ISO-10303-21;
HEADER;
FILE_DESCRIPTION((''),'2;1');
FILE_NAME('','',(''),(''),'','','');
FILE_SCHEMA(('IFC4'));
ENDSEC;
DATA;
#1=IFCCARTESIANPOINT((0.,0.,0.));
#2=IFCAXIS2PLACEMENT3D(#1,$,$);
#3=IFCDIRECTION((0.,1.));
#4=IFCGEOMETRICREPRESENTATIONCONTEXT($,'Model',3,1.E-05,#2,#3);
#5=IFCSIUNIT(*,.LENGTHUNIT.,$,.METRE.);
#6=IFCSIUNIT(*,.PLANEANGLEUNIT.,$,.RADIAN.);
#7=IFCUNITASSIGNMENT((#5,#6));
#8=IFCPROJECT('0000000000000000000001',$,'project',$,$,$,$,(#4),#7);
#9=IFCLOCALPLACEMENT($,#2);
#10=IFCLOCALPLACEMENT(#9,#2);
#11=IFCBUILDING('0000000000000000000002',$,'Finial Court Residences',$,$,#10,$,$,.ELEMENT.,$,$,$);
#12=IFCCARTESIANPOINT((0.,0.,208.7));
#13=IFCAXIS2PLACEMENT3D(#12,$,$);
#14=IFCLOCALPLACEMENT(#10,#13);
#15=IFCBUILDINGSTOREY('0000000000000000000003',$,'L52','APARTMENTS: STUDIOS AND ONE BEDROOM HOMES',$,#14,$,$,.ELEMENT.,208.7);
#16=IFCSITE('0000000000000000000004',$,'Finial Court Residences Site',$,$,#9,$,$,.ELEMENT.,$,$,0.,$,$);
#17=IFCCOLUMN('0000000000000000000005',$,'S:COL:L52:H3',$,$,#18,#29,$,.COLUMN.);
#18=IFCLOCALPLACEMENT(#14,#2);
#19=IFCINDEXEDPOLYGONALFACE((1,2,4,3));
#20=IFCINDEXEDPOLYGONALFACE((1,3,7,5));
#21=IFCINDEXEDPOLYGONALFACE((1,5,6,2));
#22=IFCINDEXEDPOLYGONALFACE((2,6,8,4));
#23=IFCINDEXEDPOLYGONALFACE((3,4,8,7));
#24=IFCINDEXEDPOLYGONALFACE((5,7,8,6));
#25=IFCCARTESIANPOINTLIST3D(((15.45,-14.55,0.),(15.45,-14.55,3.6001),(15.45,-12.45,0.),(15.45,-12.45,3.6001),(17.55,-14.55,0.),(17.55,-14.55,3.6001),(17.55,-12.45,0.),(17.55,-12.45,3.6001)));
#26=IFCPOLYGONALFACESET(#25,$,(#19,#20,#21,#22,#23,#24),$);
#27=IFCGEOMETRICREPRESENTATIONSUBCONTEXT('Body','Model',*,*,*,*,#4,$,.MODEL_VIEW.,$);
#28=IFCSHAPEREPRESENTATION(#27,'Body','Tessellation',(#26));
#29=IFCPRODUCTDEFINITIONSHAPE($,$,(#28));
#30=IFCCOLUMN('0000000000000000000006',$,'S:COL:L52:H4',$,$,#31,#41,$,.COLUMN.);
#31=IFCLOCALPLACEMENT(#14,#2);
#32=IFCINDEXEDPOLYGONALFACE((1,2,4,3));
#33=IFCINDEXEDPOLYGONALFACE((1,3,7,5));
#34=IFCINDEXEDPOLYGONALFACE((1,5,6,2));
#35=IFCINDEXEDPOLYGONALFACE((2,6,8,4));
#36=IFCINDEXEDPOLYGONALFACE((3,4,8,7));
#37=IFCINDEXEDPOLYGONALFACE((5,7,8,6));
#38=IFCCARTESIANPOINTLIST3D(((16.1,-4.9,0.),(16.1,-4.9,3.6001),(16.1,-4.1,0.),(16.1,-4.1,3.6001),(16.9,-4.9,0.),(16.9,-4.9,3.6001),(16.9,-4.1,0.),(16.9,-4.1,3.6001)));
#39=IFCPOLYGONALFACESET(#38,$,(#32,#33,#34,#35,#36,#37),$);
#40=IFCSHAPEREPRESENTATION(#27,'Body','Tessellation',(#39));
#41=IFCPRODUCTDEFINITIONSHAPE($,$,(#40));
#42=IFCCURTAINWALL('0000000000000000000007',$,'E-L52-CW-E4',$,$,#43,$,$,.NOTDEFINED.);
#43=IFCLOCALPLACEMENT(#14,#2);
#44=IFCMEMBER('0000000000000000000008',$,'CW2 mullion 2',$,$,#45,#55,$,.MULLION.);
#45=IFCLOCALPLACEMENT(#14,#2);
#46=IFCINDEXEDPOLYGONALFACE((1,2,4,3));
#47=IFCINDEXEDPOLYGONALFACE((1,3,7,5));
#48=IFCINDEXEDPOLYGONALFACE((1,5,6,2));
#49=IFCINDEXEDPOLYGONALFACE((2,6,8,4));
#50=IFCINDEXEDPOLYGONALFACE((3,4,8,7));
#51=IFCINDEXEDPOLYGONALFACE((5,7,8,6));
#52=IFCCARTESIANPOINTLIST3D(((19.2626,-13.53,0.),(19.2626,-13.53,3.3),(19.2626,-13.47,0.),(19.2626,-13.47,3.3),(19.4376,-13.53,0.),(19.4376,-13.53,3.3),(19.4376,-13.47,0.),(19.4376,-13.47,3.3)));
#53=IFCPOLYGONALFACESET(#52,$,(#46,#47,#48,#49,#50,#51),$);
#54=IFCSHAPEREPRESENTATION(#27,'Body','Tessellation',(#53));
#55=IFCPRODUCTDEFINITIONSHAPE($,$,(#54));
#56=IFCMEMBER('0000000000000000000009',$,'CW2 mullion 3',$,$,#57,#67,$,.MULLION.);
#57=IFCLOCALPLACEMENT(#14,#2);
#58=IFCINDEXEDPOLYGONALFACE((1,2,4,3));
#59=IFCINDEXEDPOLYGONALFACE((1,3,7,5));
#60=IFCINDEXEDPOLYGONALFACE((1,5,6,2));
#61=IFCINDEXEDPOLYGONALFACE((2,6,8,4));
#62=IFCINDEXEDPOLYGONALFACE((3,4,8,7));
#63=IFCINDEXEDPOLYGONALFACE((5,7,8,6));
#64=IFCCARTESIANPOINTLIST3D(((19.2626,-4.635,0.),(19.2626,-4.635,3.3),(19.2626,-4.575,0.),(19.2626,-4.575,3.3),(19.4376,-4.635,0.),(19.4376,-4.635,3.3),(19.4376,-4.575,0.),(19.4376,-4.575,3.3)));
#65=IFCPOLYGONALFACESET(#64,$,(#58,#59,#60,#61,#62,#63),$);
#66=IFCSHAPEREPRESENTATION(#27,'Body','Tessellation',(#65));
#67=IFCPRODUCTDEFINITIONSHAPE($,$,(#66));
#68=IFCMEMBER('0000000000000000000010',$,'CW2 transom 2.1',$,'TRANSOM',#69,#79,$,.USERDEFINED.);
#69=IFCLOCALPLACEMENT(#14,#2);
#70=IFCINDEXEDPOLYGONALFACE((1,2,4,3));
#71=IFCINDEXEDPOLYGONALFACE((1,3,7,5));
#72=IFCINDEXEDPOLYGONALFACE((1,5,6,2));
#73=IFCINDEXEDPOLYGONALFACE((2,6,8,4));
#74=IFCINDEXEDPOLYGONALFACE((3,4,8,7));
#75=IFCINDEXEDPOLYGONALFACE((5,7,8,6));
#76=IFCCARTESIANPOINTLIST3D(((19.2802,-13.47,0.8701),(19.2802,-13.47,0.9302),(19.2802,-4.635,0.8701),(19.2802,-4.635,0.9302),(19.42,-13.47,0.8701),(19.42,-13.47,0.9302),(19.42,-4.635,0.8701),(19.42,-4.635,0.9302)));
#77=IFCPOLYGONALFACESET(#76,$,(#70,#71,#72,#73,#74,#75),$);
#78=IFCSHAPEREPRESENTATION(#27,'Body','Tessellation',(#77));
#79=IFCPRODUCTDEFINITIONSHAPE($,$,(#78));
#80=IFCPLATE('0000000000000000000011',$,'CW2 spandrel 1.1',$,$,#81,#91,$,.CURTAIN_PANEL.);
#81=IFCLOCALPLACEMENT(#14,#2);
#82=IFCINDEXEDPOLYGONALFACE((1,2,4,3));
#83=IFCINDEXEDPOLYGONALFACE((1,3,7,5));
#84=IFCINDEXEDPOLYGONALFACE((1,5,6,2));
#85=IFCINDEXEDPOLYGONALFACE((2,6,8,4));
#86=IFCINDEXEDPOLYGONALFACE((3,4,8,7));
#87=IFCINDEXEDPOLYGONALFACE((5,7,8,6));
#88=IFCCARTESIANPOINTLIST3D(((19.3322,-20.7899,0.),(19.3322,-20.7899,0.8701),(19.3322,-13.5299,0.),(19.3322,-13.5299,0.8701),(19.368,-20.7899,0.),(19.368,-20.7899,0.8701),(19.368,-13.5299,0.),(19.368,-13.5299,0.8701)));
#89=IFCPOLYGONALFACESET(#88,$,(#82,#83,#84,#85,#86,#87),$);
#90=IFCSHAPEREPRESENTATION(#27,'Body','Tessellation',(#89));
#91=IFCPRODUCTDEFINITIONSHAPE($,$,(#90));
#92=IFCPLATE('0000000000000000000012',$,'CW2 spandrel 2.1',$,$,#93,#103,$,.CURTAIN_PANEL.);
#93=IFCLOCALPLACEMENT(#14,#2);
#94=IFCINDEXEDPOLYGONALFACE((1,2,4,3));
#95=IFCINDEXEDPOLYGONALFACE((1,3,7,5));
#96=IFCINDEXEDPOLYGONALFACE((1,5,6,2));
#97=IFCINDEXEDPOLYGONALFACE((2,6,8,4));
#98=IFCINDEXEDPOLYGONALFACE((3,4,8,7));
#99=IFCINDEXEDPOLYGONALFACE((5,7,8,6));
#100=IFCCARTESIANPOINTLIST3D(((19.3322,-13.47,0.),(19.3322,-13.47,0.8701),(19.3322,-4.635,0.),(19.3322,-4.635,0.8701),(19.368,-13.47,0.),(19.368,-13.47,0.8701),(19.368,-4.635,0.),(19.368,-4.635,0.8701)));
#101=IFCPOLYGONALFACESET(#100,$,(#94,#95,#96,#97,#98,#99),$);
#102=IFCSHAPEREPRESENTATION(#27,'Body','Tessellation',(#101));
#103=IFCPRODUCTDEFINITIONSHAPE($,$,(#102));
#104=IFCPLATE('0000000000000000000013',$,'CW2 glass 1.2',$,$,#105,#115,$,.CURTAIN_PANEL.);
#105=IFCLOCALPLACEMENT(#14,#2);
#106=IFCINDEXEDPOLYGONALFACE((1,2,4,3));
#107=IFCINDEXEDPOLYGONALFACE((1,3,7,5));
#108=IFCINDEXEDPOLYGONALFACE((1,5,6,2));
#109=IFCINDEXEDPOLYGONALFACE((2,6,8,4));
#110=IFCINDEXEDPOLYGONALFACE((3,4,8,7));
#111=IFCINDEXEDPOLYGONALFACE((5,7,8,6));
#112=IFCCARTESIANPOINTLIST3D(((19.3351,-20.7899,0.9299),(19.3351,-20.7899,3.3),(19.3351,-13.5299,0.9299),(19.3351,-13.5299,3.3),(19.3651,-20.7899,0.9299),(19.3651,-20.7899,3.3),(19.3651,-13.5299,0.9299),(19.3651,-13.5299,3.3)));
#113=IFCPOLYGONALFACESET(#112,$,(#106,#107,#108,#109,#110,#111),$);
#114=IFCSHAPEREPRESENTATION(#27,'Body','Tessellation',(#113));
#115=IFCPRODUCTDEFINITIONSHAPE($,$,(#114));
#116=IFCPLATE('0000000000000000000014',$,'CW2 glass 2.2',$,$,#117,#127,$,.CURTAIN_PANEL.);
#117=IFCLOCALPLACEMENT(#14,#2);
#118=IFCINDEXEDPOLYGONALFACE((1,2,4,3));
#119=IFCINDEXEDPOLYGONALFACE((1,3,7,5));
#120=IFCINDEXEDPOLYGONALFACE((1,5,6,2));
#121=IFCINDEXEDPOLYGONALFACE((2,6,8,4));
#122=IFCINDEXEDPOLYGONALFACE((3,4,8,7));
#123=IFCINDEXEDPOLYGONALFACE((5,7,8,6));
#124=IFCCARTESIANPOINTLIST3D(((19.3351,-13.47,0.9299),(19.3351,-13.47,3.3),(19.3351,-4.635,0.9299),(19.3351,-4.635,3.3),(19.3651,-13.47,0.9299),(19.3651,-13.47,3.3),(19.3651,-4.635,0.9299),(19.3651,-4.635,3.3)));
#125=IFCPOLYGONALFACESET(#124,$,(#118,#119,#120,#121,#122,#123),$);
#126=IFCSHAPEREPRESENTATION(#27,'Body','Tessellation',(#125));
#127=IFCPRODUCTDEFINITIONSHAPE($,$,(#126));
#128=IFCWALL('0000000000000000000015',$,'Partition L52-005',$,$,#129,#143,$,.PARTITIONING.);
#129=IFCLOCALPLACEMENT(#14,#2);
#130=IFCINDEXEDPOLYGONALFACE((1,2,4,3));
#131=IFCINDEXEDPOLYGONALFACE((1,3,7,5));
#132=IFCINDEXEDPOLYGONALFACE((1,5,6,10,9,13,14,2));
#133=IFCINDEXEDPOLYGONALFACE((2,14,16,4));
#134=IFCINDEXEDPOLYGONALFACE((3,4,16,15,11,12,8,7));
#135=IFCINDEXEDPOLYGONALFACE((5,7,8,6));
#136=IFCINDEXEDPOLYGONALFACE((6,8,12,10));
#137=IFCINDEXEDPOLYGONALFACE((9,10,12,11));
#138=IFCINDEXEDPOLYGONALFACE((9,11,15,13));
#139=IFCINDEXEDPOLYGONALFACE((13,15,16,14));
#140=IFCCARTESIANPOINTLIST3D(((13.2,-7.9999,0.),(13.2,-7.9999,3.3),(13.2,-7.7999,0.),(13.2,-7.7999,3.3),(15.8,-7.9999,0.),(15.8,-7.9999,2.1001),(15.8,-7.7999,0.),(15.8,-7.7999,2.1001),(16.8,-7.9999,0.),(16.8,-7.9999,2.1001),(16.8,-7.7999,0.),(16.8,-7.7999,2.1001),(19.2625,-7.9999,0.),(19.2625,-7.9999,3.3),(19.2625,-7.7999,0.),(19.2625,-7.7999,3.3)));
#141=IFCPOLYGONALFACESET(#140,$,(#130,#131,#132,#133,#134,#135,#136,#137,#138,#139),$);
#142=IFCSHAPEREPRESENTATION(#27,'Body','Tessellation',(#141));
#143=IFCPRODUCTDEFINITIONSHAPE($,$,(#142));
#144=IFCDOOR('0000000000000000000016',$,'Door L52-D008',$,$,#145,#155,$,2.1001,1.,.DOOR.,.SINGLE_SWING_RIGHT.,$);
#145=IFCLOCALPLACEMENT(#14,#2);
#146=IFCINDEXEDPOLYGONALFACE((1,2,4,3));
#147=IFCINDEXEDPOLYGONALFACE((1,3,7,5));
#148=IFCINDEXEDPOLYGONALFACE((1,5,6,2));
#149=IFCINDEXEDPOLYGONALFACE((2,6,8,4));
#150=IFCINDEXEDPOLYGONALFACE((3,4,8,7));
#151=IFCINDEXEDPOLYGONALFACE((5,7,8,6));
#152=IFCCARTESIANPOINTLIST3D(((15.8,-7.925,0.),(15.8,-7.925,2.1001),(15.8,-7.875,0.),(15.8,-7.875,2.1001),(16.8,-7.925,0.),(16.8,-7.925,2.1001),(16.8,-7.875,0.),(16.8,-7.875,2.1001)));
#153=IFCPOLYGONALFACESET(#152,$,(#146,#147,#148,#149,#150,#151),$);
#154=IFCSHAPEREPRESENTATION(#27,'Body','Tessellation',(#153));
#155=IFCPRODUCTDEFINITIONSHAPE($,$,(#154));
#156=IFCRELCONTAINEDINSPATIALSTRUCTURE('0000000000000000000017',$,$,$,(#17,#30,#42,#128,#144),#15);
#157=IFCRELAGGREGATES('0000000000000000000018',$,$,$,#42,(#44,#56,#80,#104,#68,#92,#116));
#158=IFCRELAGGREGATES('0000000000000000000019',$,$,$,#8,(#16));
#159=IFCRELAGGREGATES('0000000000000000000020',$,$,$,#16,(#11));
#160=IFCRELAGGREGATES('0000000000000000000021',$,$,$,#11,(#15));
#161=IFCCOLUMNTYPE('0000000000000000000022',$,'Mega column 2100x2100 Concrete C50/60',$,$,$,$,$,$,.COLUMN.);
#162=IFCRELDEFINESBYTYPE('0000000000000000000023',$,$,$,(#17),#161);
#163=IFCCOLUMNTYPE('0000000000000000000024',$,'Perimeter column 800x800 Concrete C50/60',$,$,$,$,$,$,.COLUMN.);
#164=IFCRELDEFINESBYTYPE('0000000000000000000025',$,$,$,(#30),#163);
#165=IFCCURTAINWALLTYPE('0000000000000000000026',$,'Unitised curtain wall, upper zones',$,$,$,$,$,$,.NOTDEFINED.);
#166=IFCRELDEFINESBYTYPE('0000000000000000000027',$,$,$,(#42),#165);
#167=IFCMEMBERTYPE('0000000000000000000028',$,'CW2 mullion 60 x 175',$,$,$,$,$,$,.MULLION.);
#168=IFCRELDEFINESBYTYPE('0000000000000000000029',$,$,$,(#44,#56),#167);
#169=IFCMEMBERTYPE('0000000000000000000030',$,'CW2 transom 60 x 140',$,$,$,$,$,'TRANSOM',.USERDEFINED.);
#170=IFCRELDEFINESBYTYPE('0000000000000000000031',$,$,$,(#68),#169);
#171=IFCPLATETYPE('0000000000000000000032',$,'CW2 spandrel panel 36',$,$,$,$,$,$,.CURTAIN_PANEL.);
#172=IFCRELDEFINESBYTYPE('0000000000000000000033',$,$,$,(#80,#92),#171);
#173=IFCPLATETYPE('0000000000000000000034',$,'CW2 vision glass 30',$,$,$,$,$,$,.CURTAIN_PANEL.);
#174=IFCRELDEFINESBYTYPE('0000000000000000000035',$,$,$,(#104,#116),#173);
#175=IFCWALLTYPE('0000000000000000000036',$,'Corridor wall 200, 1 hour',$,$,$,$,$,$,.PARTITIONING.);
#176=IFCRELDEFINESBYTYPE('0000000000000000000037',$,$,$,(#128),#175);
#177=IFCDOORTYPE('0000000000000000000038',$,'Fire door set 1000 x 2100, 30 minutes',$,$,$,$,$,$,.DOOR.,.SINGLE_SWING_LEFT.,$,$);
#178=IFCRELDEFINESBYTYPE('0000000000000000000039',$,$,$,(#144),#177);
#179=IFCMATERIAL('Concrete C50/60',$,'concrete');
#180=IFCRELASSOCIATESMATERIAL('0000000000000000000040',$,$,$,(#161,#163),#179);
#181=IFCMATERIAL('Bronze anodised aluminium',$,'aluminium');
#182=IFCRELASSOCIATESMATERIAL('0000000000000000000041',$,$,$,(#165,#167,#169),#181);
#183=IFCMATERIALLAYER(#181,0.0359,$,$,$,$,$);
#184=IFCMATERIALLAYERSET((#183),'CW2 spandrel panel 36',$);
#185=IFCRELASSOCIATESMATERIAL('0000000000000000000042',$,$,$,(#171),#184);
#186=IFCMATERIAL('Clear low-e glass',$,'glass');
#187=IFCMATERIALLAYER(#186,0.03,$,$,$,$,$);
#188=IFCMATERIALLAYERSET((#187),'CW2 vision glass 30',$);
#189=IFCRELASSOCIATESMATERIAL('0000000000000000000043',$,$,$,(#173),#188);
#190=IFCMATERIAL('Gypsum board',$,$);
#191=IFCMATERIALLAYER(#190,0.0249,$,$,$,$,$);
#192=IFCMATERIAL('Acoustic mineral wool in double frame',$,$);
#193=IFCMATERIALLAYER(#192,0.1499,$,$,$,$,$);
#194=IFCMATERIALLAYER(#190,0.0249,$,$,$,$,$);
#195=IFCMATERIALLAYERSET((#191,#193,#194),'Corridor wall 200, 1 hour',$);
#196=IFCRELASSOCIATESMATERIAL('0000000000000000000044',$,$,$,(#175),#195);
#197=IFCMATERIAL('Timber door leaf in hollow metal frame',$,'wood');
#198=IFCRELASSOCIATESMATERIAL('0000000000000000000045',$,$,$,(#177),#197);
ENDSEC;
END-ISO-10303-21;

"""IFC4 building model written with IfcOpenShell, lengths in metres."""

from ifc_helpers import new_model, si_unit, direction, frame, frame_2d, origin, origin_2d, place, context, subcontext, project, spatial, rectangle, extrude, material, layer, layer_set, material_profile, profile_set, type_object, element, fill, aggregate, save


model = new_model("IFC4")

# Units and contexts
model_context = context("Model", 3, precision=1e-05, world=origin(), true_north=direction((0.0, 1.0)))
body_context = subcontext(model_context, "Body", "Model", "MODEL_VIEW")
ifc_project = project(units=[si_unit("LENGTHUNIT", "METRE"), si_unit("PLANEANGLEUNIT", "RADIAN")], contexts=[model_context])

# Site, building, storey
site_placement = place(None, origin())
site = spatial("IfcSite", under=ifc_project, at=site_placement, Name="Finial Court Residences Site", CompositionType="ELEMENT", RefElevation=0.0)
building_placement = place(site_placement, origin())
building = spatial("IfcBuilding", under=site, at=building_placement, Name="Finial Court Residences", CompositionType="ELEMENT")
storey_placement = place(building_placement, frame((0.0, 0.0, 208.7)))
storey = spatial("IfcBuildingStorey", under=building, at=storey_placement, Name="L52", Description="APARTMENTS: STUDIOS AND ONE BEDROOM HOMES", CompositionType="ELEMENT", Elevation=208.7)

# Columns
ifc_material_1 = material(Name="Concrete C50/60", Category="concrete")
ifc_material_profile_1 = material_profile(ifc_material_1, rectangle(XDim=2.1001, YDim=2.1001, at=origin_2d()), Name="2100x2100")
ifc_profile_set_1 = profile_set([ifc_material_profile_1], Name="Concrete C50/60")
column_type_1 = type_object("IfcColumnType", Name="Mega column 2100x2100 Concrete C50/60", PredefinedType="COLUMN", material=ifc_profile_set_1)
column_1_placement = place(storey_placement, frame((16.5, -13.5, 0.0), z_axis=(0.0, 0.0, 1.0), x_axis=(1.0, 0.0, 0.0)))
element("IfcColumn", 1, at=column_1_placement, inside=storey, type_object=column_type_1, Name="S:COL:L52:H3", PredefinedType="COLUMN", context=body_context, shape_type="SweptSolid", body=[
    extrude(rectangle(XDim=2.1001, YDim=2.1001, at=origin_2d()), origin(), (0.0, 0.0, 1.0), 3.6001),
])
ifc_material_profile_2 = material_profile(ifc_material_1, rectangle(XDim=0.8, YDim=0.8, at=origin_2d()), Name="800x800")
ifc_profile_set_2 = profile_set([ifc_material_profile_2], Name="Concrete C50/60")
column_type_2 = type_object("IfcColumnType", Name="Perimeter column 800x800 Concrete C50/60", PredefinedType="COLUMN", material=ifc_profile_set_2)
column_2_placement = place(storey_placement, frame((16.5, -4.5, 0.0), z_axis=(0.0, 0.0, 1.0), x_axis=(1.0, 0.0, 0.0)))
element("IfcColumn", 2, at=column_2_placement, inside=storey, type_object=column_type_2, Name="S:COL:L52:H4", PredefinedType="COLUMN", context=body_context, shape_type="SweptSolid", body=[
    extrude(rectangle(XDim=0.8, YDim=0.8, at=origin_2d()), origin(), (0.0, 0.0, 1.0), 3.6001),
])

# Curtain wall, members, plates
ifc_material_2 = material(Name="Bronze anodised aluminium", Category="aluminium")
curtain_wall_type = type_object("IfcCurtainWallType", Name="Unitised curtain wall, upper zones", PredefinedType="NOTDEFINED", material=ifc_material_2)
curtain_wall_placement = place(storey_placement, origin())
curtain_wall = element("IfcCurtainWall", 3, at=curtain_wall_placement, inside=storey, type_object=curtain_wall_type, Name="E-L52-CW-E4", PredefinedType="NOTDEFINED")
ifc_material_profile_3 = material_profile(ifc_material_2, rectangle(XDim=0.175, YDim=0.0601, at=origin_2d()), Name="CW2 mullion 60 x 175")
ifc_profile_set_3 = profile_set([ifc_material_profile_3], Name="Bronze anodised aluminium")
member_type_1 = type_object("IfcMemberType", Name="CW2 mullion 60 x 175", PredefinedType="MULLION", material=ifc_profile_set_3)
member_1_placement = place(storey_placement, frame((19.3501, -13.5, 0.0), z_axis=(0.0, 0.0, 1.0), x_axis=(-1.0, 0.0, 0.0)))
member_1 = element("IfcMember", 4, at=member_1_placement, type_object=member_type_1, Name="CW2 mullion 2", PredefinedType="MULLION", context=body_context, shape_type="SweptSolid", body=[
    extrude(rectangle(XDim=0.175, YDim=0.0601, at=origin_2d()), origin(), (0.0, 0.0, 1.0), 3.3),
])
member_2_placement = place(storey_placement, frame((19.3501, -4.605, 0.0), z_axis=(0.0, 0.0, 1.0), x_axis=(-1.0, 0.0, 0.0)))
member_2 = element("IfcMember", 5, at=member_2_placement, type_object=member_type_1, Name="CW2 mullion 3", PredefinedType="MULLION", context=body_context, shape_type="SweptSolid", body=[
    extrude(rectangle(XDim=0.175, YDim=0.0601, at=origin_2d()), origin(), (0.0, 0.0, 1.0), 3.3),
])
ifc_material_profile_4 = material_profile(ifc_material_2, rectangle(XDim=0.1399, YDim=0.0601, at=origin_2d()), Name="CW2 transom 60 x 140")
ifc_profile_set_4 = profile_set([ifc_material_profile_4], Name="Bronze anodised aluminium")
member_type_2 = type_object("IfcMemberType", Name="CW2 transom 60 x 140", ElementType="TRANSOM", PredefinedType="USERDEFINED", material=ifc_profile_set_4)
member_3_placement = place(storey_placement, frame((19.3501, -13.47, 0.9001), z_axis=(0.0, 1.0, 0.0), x_axis=(-1.0, 0.0, 0.0)))
member_3 = element("IfcMember", 6, at=member_3_placement, type_object=member_type_2, Name="CW2 transom 2.1", ObjectType="TRANSOM", PredefinedType="USERDEFINED", context=body_context, shape_type="SweptSolid", body=[
    extrude(rectangle(XDim=0.1399, YDim=0.0601, at=origin_2d()), origin(), (0.0, 0.0, 1.0), 8.835),
])
ifc_layer_1 = layer(ifc_material_2, 0.0359)
ifc_layer_set_1 = layer_set([ifc_layer_1], Name="CW2 spandrel panel 36")
plate_type_1 = type_object("IfcPlateType", Name="CW2 spandrel panel 36", PredefinedType="CURTAIN_PANEL", material=ifc_layer_set_1)
plate_1_placement = place(storey_placement, frame((19.3501, -17.1599, 0.0), z_axis=(0.0, 0.0, 1.0), x_axis=(0.0, 1.0, 0.0)))
plate_1 = element("IfcPlate", 7, at=plate_1_placement, type_object=plate_type_1, Name="CW2 spandrel 1.1", PredefinedType="CURTAIN_PANEL", context=body_context, shape_type="SweptSolid", body=[
    extrude(rectangle(XDim=7.26, YDim=0.0359, at=origin_2d()), origin(), (0.0, 0.0, 1.0), 0.8701),
])
plate_2_placement = place(storey_placement, frame((19.3501, -9.0525, 0.0), z_axis=(0.0, 0.0, 1.0), x_axis=(0.0, 1.0, 0.0)))
plate_2 = element("IfcPlate", 8, at=plate_2_placement, type_object=plate_type_1, Name="CW2 spandrel 2.1", PredefinedType="CURTAIN_PANEL", context=body_context, shape_type="SweptSolid", body=[
    extrude(rectangle(XDim=8.835, YDim=0.0359, at=origin_2d()), origin(), (0.0, 0.0, 1.0), 0.8701),
])
ifc_material_3 = material(Name="Clear low-e glass", Category="glass")
ifc_layer_2 = layer(ifc_material_3, 0.03)
ifc_layer_set_2 = layer_set([ifc_layer_2], Name="CW2 vision glass 30")
plate_type_2 = type_object("IfcPlateType", Name="CW2 vision glass 30", PredefinedType="CURTAIN_PANEL", material=ifc_layer_set_2)
plate_3_placement = place(storey_placement, frame((19.3501, -17.1599, 0.9299), z_axis=(0.0, 0.0, 1.0), x_axis=(0.0, 1.0, 0.0)))
plate_3 = element("IfcPlate", 9, at=plate_3_placement, type_object=plate_type_2, Name="CW2 glass 1.2", PredefinedType="CURTAIN_PANEL", context=body_context, shape_type="SweptSolid", body=[
    extrude(rectangle(XDim=7.26, YDim=0.03, at=origin_2d()), origin(), (0.0, 0.0, 1.0), 2.3701),
])
plate_4_placement = place(storey_placement, frame((19.3501, -9.0525, 0.9299), z_axis=(0.0, 0.0, 1.0), x_axis=(0.0, 1.0, 0.0)))
plate_4 = element("IfcPlate", 10, at=plate_4_placement, type_object=plate_type_2, Name="CW2 glass 2.2", PredefinedType="CURTAIN_PANEL", context=body_context, shape_type="SweptSolid", body=[
    extrude(rectangle(XDim=8.835, YDim=0.03, at=origin_2d()), origin(), (0.0, 0.0, 1.0), 2.3701),
])
aggregate(curtain_wall, [member_1, member_2, plate_1, plate_3, member_3, plate_2, plate_4])

# Wall, opening, door
ifc_material_4 = material(Name="Gypsum board")
ifc_layer_3 = layer(ifc_material_4, 0.0249)
ifc_material_5 = material(Name="Acoustic mineral wool in double frame")
ifc_layer_4 = layer(ifc_material_5, 0.1499)
ifc_layer_5 = layer(ifc_material_4, 0.0249)
ifc_layer_set_3 = layer_set([ifc_layer_3, ifc_layer_4, ifc_layer_5], Name="Corridor wall 200, 1 hour")
wall_type_1 = type_object("IfcWallType", Name="Corridor wall 200, 1 hour", PredefinedType="PARTITIONING", material=ifc_layer_set_3)
wall_1_placement = place(storey_placement, frame((13.2, -7.8999, 0.0), z_axis=(0.0, 0.0, 1.0), x_axis=(1.0, 0.0, 0.0)))
wall_1 = element("IfcWall", 11, at=wall_1_placement, inside=storey, type_object=wall_type_1, Name="Partition L52-005", PredefinedType="PARTITIONING", context=body_context, shape_type="SweptSolid", body=[
    extrude(rectangle(XDim=6.0625, YDim=0.2, at=frame_2d((3.0312, 0.0))), origin(), (0.0, 0.0, 1.0), 3.3),
])
opening_1_placement = place(wall_1_placement, frame((2.6001, 0.0, 0.0)))
opening_1 = element("IfcOpeningElement", 12, at=opening_1_placement, cuts=wall_1, PredefinedType="OPENING", context=body_context, shape_type="SweptSolid", body=[
    extrude(rectangle(XDim=1.0, YDim=2.1001, at=frame_2d((0.5, 1.05))), frame((0.0, 0.1099, 0.0), z_axis=(0.0, -1.0, 0.0), x_axis=(1.0, 0.0, 0.0)), (0.0, 0.0, 1.0), 0.22),
])
ifc_material_6 = material(Name="Timber door leaf in hollow metal frame", Category="wood")
door_type_1 = type_object("IfcDoorType", Name="Fire door set 1000 x 2100, 30 minutes", OperationType="SINGLE_SWING_LEFT", PredefinedType="DOOR", material=ifc_material_6)
door_1_placement = place(opening_1_placement, origin())
door_1 = element("IfcDoor", 13, at=door_1_placement, inside=storey, type_object=door_type_1, Name="Door L52-D008", OperationType="SINGLE_SWING_RIGHT", OverallHeight=2.1001, OverallWidth=1.0, PredefinedType="DOOR", context=body_context, shape_type="SweptSolid", body=[
    extrude(rectangle(XDim=1.0, YDim=2.1001, at=frame_2d((0.5, 1.05))), frame((0.0, 0.0249, 0.0), z_axis=(0.0, -1.0, 0.0), x_axis=(1.0, 0.0, 0.0)), (0.0, 0.0, 1.0), 0.05),
])
fill(opening_1, door_1)

save(model, "model.ifc")
